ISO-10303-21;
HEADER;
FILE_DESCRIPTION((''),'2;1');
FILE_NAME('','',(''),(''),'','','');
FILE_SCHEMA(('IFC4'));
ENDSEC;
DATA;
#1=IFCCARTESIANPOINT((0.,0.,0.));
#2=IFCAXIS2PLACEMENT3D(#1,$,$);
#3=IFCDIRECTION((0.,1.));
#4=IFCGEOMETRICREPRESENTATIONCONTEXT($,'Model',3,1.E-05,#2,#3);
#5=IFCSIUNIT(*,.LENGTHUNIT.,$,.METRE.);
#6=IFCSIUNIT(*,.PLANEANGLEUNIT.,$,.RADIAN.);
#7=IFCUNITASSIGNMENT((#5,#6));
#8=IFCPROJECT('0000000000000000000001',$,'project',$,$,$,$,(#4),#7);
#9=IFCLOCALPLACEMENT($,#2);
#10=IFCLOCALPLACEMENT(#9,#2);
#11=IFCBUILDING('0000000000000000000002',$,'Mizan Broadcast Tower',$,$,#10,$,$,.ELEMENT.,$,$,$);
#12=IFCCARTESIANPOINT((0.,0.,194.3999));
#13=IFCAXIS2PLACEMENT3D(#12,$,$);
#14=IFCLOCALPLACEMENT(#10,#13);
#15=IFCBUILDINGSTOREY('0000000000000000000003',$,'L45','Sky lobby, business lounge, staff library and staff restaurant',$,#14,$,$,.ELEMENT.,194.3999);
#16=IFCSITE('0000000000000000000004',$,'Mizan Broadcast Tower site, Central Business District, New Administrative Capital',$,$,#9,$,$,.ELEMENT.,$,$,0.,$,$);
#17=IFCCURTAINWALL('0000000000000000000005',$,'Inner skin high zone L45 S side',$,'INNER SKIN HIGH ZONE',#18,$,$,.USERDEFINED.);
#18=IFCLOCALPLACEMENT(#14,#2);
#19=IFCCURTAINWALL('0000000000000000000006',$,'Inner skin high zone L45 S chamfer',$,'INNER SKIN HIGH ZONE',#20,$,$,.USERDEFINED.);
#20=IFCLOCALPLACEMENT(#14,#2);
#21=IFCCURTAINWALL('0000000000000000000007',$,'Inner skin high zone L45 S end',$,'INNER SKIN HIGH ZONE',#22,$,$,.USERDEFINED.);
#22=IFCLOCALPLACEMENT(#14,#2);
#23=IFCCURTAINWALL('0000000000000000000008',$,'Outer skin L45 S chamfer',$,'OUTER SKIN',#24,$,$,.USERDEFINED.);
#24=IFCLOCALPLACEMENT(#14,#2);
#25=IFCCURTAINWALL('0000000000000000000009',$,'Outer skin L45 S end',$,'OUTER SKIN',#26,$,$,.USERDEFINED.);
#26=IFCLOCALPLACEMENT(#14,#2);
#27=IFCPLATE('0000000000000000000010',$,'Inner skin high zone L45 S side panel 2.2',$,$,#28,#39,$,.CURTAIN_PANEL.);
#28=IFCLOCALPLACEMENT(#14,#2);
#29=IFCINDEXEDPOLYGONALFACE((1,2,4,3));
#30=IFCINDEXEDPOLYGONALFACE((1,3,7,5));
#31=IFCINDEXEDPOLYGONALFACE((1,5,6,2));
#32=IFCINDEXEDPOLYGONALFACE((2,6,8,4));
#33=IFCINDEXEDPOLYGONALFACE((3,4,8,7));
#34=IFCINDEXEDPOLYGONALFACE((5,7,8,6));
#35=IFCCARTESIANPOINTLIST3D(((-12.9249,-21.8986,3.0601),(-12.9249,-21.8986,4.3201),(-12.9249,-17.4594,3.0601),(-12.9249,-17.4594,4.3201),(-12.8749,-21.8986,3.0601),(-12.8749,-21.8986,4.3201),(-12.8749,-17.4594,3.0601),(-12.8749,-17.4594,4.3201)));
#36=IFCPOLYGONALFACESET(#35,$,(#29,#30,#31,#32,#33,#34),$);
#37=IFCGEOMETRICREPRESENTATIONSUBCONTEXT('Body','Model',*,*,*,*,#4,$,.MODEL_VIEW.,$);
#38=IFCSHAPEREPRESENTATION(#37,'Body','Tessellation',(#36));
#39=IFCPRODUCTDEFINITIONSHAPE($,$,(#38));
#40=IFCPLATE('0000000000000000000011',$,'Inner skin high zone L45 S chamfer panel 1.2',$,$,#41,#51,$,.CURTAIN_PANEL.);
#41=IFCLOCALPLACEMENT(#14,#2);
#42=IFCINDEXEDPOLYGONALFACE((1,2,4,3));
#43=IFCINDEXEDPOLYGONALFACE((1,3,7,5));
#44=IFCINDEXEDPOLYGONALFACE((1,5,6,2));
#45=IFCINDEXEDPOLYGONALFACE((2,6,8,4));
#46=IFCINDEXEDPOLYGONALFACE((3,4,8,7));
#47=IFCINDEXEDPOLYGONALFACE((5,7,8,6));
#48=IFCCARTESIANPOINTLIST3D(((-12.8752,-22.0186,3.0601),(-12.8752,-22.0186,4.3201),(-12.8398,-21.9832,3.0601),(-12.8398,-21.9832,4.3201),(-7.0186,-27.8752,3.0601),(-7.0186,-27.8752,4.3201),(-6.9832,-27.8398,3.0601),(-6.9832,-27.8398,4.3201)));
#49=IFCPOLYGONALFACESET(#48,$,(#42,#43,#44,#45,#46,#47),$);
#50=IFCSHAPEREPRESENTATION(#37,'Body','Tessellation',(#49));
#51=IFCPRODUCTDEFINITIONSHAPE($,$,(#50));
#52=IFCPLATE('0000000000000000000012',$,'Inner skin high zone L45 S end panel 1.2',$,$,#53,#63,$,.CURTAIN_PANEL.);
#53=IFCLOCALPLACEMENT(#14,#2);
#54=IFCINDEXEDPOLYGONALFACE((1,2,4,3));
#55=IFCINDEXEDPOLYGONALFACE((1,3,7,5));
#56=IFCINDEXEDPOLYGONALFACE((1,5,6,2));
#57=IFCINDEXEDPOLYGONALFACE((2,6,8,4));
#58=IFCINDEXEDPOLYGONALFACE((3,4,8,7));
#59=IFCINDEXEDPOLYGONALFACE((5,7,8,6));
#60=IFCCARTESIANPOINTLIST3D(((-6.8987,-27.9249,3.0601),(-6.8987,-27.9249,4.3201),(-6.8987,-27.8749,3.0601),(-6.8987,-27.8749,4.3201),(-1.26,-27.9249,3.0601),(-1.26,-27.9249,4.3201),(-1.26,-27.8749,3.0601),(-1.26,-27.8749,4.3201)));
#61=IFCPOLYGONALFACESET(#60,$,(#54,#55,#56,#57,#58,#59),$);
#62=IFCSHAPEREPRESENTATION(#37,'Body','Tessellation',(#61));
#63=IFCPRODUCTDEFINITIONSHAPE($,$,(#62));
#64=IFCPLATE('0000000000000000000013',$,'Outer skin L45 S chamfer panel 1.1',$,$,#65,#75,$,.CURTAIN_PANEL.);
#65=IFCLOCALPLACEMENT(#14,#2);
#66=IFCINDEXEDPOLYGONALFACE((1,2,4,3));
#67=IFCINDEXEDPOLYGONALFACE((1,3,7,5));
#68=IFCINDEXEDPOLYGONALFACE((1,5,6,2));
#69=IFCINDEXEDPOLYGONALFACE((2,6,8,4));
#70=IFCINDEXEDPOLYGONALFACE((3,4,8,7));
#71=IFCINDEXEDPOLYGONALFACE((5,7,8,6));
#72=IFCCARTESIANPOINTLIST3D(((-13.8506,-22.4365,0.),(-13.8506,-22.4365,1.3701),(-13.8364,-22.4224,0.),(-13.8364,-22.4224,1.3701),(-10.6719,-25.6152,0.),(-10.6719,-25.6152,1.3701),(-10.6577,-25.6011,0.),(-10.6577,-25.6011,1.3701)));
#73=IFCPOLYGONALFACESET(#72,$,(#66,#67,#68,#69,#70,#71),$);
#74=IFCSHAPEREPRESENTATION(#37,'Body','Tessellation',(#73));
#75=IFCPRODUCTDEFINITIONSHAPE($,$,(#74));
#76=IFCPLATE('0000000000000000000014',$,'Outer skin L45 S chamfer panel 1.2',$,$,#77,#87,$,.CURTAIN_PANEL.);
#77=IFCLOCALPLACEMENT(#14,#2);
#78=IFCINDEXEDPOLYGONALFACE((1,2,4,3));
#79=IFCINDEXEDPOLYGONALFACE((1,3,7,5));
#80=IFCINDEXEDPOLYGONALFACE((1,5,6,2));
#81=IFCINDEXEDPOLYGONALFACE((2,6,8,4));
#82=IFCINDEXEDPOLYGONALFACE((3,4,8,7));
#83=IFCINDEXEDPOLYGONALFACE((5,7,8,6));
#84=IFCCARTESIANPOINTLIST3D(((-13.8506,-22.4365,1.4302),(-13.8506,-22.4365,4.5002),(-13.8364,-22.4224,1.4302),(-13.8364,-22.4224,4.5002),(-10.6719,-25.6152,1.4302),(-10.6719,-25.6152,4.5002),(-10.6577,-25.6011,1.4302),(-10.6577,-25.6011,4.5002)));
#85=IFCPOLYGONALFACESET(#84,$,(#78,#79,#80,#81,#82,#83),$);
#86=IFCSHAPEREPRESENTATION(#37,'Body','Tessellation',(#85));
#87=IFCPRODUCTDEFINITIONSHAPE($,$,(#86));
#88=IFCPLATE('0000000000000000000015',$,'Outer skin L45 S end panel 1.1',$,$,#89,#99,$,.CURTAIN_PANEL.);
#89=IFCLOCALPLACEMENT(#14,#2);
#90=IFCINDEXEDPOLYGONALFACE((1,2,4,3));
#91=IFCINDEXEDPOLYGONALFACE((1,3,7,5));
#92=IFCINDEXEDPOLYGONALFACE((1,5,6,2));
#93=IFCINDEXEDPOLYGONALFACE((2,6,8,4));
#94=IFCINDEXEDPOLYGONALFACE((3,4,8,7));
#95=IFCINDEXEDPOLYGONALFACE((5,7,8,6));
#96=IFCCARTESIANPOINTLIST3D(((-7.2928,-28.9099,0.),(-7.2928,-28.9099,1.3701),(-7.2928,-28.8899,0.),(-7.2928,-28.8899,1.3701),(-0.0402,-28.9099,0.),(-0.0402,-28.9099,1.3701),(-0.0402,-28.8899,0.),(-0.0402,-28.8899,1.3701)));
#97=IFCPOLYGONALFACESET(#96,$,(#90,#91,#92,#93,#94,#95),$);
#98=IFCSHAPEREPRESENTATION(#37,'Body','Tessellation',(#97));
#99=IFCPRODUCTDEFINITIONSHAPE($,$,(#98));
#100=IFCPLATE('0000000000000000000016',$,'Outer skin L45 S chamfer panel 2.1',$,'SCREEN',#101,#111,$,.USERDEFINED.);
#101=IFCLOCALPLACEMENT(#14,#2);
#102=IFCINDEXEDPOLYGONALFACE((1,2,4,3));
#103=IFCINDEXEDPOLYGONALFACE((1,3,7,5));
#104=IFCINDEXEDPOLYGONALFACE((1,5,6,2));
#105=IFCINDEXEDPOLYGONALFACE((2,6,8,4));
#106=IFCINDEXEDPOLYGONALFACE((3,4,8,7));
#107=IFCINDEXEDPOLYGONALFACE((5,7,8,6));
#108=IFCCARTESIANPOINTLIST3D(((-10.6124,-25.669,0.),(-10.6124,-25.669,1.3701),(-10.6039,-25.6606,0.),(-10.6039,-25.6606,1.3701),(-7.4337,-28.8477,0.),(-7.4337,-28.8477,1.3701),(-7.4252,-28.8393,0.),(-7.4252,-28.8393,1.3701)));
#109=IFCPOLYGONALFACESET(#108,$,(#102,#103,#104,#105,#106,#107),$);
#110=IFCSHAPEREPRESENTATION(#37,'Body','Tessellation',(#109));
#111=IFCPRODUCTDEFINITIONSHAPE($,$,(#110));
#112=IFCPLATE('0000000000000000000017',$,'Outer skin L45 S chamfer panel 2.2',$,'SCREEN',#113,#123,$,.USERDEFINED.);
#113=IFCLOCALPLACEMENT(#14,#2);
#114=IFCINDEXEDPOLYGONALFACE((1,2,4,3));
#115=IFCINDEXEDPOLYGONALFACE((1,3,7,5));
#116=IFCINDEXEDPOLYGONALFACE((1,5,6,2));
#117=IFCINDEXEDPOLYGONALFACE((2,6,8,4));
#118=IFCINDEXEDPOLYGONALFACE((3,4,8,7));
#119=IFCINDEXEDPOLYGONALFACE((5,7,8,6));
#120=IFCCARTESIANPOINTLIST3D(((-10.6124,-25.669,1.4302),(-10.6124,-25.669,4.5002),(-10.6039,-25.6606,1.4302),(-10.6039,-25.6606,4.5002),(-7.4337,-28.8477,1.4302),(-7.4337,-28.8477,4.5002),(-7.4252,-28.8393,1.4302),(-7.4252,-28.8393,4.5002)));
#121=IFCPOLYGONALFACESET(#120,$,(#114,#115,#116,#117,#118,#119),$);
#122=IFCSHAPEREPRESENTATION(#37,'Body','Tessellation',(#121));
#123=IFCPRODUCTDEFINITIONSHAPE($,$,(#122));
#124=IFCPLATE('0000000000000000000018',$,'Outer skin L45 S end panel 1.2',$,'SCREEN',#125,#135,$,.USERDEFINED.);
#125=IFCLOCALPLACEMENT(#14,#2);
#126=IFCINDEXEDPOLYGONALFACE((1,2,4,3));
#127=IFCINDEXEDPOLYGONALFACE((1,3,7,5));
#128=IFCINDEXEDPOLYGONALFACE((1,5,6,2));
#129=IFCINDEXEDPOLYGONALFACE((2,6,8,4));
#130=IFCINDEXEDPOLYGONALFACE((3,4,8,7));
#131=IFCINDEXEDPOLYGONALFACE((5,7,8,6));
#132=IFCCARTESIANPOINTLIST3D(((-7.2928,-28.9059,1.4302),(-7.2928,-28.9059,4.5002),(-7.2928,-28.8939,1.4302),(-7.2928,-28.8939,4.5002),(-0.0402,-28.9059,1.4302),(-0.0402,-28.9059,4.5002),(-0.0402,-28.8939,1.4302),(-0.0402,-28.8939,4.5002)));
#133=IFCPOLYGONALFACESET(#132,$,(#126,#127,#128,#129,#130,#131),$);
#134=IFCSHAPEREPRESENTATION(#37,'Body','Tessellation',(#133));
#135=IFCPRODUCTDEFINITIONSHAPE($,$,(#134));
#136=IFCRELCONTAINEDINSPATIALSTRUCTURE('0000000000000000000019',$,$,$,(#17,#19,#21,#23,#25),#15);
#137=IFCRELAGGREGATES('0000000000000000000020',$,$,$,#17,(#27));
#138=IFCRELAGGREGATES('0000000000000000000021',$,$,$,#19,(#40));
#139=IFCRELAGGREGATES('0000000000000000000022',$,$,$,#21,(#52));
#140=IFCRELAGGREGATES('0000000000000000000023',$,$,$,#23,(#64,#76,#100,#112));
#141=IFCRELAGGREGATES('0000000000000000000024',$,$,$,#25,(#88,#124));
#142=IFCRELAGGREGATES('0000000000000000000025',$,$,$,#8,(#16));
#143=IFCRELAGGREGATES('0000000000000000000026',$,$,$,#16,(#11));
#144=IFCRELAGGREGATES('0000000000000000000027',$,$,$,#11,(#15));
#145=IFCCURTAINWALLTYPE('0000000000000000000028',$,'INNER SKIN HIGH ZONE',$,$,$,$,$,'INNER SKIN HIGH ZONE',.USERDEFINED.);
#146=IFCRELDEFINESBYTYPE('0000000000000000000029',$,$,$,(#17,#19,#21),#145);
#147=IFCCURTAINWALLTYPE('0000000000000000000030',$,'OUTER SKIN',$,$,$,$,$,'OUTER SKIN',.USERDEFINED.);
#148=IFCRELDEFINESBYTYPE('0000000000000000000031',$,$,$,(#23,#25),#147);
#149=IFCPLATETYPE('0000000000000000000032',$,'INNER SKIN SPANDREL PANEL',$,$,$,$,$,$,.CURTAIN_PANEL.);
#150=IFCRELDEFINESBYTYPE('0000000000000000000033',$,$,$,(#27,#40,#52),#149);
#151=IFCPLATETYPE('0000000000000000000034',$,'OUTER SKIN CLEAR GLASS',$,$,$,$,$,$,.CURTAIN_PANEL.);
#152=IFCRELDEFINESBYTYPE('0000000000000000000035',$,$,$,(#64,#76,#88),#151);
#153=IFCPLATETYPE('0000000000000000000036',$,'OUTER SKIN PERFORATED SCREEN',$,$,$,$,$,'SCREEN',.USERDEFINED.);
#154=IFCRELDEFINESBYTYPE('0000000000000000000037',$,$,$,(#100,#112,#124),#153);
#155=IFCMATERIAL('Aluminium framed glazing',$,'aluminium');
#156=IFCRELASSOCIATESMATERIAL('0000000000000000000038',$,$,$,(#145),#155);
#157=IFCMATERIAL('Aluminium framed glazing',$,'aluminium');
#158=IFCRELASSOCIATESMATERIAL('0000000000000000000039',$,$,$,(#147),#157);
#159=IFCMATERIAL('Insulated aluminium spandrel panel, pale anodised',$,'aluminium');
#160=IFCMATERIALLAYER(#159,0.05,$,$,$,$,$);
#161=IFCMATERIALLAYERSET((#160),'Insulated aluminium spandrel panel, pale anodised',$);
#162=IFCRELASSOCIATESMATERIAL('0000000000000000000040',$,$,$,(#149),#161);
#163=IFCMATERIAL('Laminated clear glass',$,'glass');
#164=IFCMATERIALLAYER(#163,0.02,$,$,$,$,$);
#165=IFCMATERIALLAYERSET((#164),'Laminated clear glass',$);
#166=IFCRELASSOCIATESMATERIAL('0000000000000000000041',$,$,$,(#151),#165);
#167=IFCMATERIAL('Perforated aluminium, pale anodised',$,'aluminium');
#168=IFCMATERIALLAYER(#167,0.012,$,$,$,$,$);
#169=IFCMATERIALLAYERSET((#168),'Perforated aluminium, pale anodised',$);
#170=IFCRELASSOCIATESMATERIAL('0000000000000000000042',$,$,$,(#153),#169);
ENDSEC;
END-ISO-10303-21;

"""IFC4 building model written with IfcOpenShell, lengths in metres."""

from ifc_helpers import new_model, si_unit, direction, frame, origin, origin_2d, place, context, subcontext, project, spatial, rectangle, extrude, material, layer, layer_set, type_object, element, aggregate, save


model = new_model("IFC4")

# Units and contexts
model_context = context("Model", 3, precision=1e-05, world=origin(), true_north=direction((0.0, 1.0)))
body_context = subcontext(model_context, "Body", "Model", "MODEL_VIEW")
ifc_project = project(units=[si_unit("LENGTHUNIT", "METRE"), si_unit("PLANEANGLEUNIT", "RADIAN")], contexts=[model_context])

# Site, building, storey
site_placement = place(None, origin())
site = spatial("IfcSite", under=ifc_project, at=site_placement, Name="Mizan Broadcast Tower site, Central Business District, New Administrative Capital", CompositionType="ELEMENT", RefElevation=0.0)
building_placement = place(site_placement, origin())
building = spatial("IfcBuilding", under=site, at=building_placement, Name="Mizan Broadcast Tower", CompositionType="ELEMENT")
storey_placement = place(building_placement, frame((0.0, 0.0, 194.3999)))
storey = spatial("IfcBuildingStorey", under=building, at=storey_placement, Name="L45", Description="Sky lobby, business lounge, staff library and staff restaurant", CompositionType="ELEMENT", Elevation=194.3999)

# Curtain wall
ifc_material_1 = material(Name="Aluminium framed glazing", Category="aluminium")
curtain_wall_type_1 = type_object("IfcCurtainWallType", Name="INNER SKIN HIGH ZONE", ElementType="INNER SKIN HIGH ZONE", PredefinedType="USERDEFINED", material=ifc_material_1)
curtain_wall_1_placement = place(storey_placement, origin())
curtain_wall_1 = element("IfcCurtainWall", 1, at=curtain_wall_1_placement, inside=storey, type_object=curtain_wall_type_1, Name="Inner skin high zone L45 S side", ObjectType="INNER SKIN HIGH ZONE", PredefinedType="USERDEFINED")

# Curtain walls
curtain_wall_2_placement = place(storey_placement, origin())
curtain_wall_2 = element("IfcCurtainWall", 2, at=curtain_wall_2_placement, inside=storey, type_object=curtain_wall_type_1, Name="Inner skin high zone L45 S chamfer", ObjectType="INNER SKIN HIGH ZONE", PredefinedType="USERDEFINED")
curtain_wall_3_placement = place(storey_placement, origin())
curtain_wall_3 = element("IfcCurtainWall", 3, at=curtain_wall_3_placement, inside=storey, type_object=curtain_wall_type_1, Name="Inner skin high zone L45 S end", ObjectType="INNER SKIN HIGH ZONE", PredefinedType="USERDEFINED")

# Curtain wall
ifc_material_2 = material(Name="Aluminium framed glazing", Category="aluminium")
curtain_wall_type_2 = type_object("IfcCurtainWallType", Name="OUTER SKIN", ElementType="OUTER SKIN", PredefinedType="USERDEFINED", material=ifc_material_2)
curtain_wall_4_placement = place(storey_placement, origin())
curtain_wall_4 = element("IfcCurtainWall", 4, at=curtain_wall_4_placement, inside=storey, type_object=curtain_wall_type_2, Name="Outer skin L45 S chamfer", ObjectType="OUTER SKIN", PredefinedType="USERDEFINED")

# Curtain wall
curtain_wall_5_placement = place(storey_placement, origin())
curtain_wall_5 = element("IfcCurtainWall", 5, at=curtain_wall_5_placement, inside=storey, type_object=curtain_wall_type_2, Name="Outer skin L45 S end", ObjectType="OUTER SKIN", PredefinedType="USERDEFINED")

# Plates
ifc_material_3 = material(Name="Insulated aluminium spandrel panel, pale anodised", Category="aluminium")
ifc_layer_1 = layer(ifc_material_3, 0.05)
ifc_layer_set_1 = layer_set([ifc_layer_1], Name="Insulated aluminium spandrel panel, pale anodised")
plate_type_1 = type_object("IfcPlateType", Name="INNER SKIN SPANDREL PANEL", PredefinedType="CURTAIN_PANEL", material=ifc_layer_set_1)
plate_1_placement = place(storey_placement, frame((-12.8999, -19.679, 3.0601), z_axis=(0.0, 0.0, 1.0), x_axis=(0.0, -1.0, 0.0)))
plate_1 = element("IfcPlate", 6, at=plate_1_placement, type_object=plate_type_1, Name="Inner skin high zone L45 S side panel 2.2", PredefinedType="CURTAIN_PANEL", context=body_context, shape_type="SweptSolid", body=[
    extrude(rectangle(XDim=4.4392, YDim=0.05, at=origin_2d()), origin(), (0.0, 0.0, 1.0), 1.26),
])
aggregate(curtain_wall_1, [plate_1])
plate_2_placement = place(storey_placement, frame((-9.9292, -24.9292, 3.0601), z_axis=(0.0, 0.0, 1.0), x_axis=(0.707107, -0.707107, 0.0)))
plate_2 = element("IfcPlate", 7, at=plate_2_placement, type_object=plate_type_1, Name="Inner skin high zone L45 S chamfer panel 1.2", PredefinedType="CURTAIN_PANEL", context=body_context, shape_type="SweptSolid", body=[
    extrude(rectangle(XDim=8.2825, YDim=0.05, at=origin_2d()), origin(), (0.0, 0.0, 1.0), 1.26),
])
aggregate(curtain_wall_2, [plate_2])
plate_3_placement = place(storey_placement, frame((-4.0793, -27.8999, 3.0601), z_axis=(0.0, 0.0, 1.0), x_axis=(1.0, 0.0, 0.0)))
plate_3 = element("IfcPlate", 8, at=plate_3_placement, type_object=plate_type_1, Name="Inner skin high zone L45 S end panel 1.2", PredefinedType="CURTAIN_PANEL", context=body_context, shape_type="SweptSolid", body=[
    extrude(rectangle(XDim=5.6387, YDim=0.05, at=origin_2d()), origin(), (0.0, 0.0, 1.0), 1.26),
])
aggregate(curtain_wall_3, [plate_3])
ifc_material_4 = material(Name="Laminated clear glass", Category="glass")
ifc_layer_2 = layer(ifc_material_4, 0.02)
ifc_layer_set_2 = layer_set([ifc_layer_2], Name="Laminated clear glass")
plate_type_2 = type_object("IfcPlateType", Name="OUTER SKIN CLEAR GLASS", PredefinedType="CURTAIN_PANEL", material=ifc_layer_set_2)
plate_4_placement = place(storey_placement, frame((-12.2542, -24.0188, 0.0), z_axis=(0.0, 0.0, 1.0), x_axis=(0.707107, -0.707107, 0.0)))
plate_4 = element("IfcPlate", 9, at=plate_4_placement, type_object=plate_type_2, Name="Outer skin L45 S chamfer panel 1.1", PredefinedType="CURTAIN_PANEL", context=body_context, shape_type="SweptSolid", body=[
    extrude(rectangle(XDim=4.4954, YDim=0.02, at=origin_2d()), origin(), (0.0, 0.0, 1.0), 1.3701),
])
plate_5_placement = place(storey_placement, frame((-12.2542, -24.0188, 1.4302), z_axis=(0.0, 0.0, 1.0), x_axis=(0.707107, -0.707107, 0.0)))
plate_5 = element("IfcPlate", 10, at=plate_5_placement, type_object=plate_type_2, Name="Outer skin L45 S chamfer panel 1.2", PredefinedType="CURTAIN_PANEL", context=body_context, shape_type="SweptSolid", body=[
    extrude(rectangle(XDim=4.4954, YDim=0.02, at=origin_2d()), origin(), (0.0, 0.0, 1.0), 3.0701),
])
plate_6_placement = place(storey_placement, frame((-3.6665, -28.8999, 0.0), z_axis=(0.0, 0.0, 1.0), x_axis=(1.0, 0.0, 0.0)))
plate_6 = element("IfcPlate", 11, at=plate_6_placement, type_object=plate_type_2, Name="Outer skin L45 S end panel 1.1", PredefinedType="CURTAIN_PANEL", context=body_context, shape_type="SweptSolid", body=[
    extrude(rectangle(XDim=7.2527, YDim=0.02, at=origin_2d()), origin(), (0.0, 0.0, 1.0), 1.3701),
])
ifc_material_5 = material(Name="Perforated aluminium, pale anodised", Category="aluminium")
ifc_layer_3 = layer(ifc_material_5, 0.012)
ifc_layer_set_3 = layer_set([ifc_layer_3], Name="Perforated aluminium, pale anodised")
plate_type_3 = type_object("IfcPlateType", Name="OUTER SKIN PERFORATED SCREEN", ElementType="SCREEN", PredefinedType="USERDEFINED", material=ifc_layer_set_3)
plate_7_placement = place(storey_placement, frame((-9.0188, -27.2542, 0.0), z_axis=(0.0, 0.0, 1.0), x_axis=(0.707107, -0.707107, 0.0)))
plate_7 = element("IfcPlate", 12, at=plate_7_placement, type_object=plate_type_3, Name="Outer skin L45 S chamfer panel 2.1", ObjectType="SCREEN", PredefinedType="USERDEFINED", context=body_context, shape_type="SweptSolid", body=[
    extrude(rectangle(XDim=4.4954, YDim=0.012, at=origin_2d()), origin(), (0.0, 0.0, 1.0), 1.3701),
])
plate_8_placement = place(storey_placement, frame((-9.0188, -27.2542, 1.4302), z_axis=(0.0, 0.0, 1.0), x_axis=(0.707107, -0.707107, 0.0)))
plate_8 = element("IfcPlate", 13, at=plate_8_placement, type_object=plate_type_3, Name="Outer skin L45 S chamfer panel 2.2", ObjectType="SCREEN", PredefinedType="USERDEFINED", context=body_context, shape_type="SweptSolid", body=[
    extrude(rectangle(XDim=4.4954, YDim=0.012, at=origin_2d()), origin(), (0.0, 0.0, 1.0), 3.0701),
])
aggregate(curtain_wall_4, [plate_4, plate_5, plate_7, plate_8])
plate_9_placement = place(storey_placement, frame((-3.6665, -28.8999, 1.4302), z_axis=(0.0, 0.0, 1.0), x_axis=(1.0, 0.0, 0.0)))
plate_9 = element("IfcPlate", 14, at=plate_9_placement, type_object=plate_type_3, Name="Outer skin L45 S end panel 1.2", ObjectType="SCREEN", PredefinedType="USERDEFINED", context=body_context, shape_type="SweptSolid", body=[
    extrude(rectangle(XDim=7.2527, YDim=0.012, at=origin_2d()), origin(), (0.0, 0.0, 1.0), 3.0701),
])
aggregate(curtain_wall_5, [plate_6, plate_9])

save(model, "model.ifc")
